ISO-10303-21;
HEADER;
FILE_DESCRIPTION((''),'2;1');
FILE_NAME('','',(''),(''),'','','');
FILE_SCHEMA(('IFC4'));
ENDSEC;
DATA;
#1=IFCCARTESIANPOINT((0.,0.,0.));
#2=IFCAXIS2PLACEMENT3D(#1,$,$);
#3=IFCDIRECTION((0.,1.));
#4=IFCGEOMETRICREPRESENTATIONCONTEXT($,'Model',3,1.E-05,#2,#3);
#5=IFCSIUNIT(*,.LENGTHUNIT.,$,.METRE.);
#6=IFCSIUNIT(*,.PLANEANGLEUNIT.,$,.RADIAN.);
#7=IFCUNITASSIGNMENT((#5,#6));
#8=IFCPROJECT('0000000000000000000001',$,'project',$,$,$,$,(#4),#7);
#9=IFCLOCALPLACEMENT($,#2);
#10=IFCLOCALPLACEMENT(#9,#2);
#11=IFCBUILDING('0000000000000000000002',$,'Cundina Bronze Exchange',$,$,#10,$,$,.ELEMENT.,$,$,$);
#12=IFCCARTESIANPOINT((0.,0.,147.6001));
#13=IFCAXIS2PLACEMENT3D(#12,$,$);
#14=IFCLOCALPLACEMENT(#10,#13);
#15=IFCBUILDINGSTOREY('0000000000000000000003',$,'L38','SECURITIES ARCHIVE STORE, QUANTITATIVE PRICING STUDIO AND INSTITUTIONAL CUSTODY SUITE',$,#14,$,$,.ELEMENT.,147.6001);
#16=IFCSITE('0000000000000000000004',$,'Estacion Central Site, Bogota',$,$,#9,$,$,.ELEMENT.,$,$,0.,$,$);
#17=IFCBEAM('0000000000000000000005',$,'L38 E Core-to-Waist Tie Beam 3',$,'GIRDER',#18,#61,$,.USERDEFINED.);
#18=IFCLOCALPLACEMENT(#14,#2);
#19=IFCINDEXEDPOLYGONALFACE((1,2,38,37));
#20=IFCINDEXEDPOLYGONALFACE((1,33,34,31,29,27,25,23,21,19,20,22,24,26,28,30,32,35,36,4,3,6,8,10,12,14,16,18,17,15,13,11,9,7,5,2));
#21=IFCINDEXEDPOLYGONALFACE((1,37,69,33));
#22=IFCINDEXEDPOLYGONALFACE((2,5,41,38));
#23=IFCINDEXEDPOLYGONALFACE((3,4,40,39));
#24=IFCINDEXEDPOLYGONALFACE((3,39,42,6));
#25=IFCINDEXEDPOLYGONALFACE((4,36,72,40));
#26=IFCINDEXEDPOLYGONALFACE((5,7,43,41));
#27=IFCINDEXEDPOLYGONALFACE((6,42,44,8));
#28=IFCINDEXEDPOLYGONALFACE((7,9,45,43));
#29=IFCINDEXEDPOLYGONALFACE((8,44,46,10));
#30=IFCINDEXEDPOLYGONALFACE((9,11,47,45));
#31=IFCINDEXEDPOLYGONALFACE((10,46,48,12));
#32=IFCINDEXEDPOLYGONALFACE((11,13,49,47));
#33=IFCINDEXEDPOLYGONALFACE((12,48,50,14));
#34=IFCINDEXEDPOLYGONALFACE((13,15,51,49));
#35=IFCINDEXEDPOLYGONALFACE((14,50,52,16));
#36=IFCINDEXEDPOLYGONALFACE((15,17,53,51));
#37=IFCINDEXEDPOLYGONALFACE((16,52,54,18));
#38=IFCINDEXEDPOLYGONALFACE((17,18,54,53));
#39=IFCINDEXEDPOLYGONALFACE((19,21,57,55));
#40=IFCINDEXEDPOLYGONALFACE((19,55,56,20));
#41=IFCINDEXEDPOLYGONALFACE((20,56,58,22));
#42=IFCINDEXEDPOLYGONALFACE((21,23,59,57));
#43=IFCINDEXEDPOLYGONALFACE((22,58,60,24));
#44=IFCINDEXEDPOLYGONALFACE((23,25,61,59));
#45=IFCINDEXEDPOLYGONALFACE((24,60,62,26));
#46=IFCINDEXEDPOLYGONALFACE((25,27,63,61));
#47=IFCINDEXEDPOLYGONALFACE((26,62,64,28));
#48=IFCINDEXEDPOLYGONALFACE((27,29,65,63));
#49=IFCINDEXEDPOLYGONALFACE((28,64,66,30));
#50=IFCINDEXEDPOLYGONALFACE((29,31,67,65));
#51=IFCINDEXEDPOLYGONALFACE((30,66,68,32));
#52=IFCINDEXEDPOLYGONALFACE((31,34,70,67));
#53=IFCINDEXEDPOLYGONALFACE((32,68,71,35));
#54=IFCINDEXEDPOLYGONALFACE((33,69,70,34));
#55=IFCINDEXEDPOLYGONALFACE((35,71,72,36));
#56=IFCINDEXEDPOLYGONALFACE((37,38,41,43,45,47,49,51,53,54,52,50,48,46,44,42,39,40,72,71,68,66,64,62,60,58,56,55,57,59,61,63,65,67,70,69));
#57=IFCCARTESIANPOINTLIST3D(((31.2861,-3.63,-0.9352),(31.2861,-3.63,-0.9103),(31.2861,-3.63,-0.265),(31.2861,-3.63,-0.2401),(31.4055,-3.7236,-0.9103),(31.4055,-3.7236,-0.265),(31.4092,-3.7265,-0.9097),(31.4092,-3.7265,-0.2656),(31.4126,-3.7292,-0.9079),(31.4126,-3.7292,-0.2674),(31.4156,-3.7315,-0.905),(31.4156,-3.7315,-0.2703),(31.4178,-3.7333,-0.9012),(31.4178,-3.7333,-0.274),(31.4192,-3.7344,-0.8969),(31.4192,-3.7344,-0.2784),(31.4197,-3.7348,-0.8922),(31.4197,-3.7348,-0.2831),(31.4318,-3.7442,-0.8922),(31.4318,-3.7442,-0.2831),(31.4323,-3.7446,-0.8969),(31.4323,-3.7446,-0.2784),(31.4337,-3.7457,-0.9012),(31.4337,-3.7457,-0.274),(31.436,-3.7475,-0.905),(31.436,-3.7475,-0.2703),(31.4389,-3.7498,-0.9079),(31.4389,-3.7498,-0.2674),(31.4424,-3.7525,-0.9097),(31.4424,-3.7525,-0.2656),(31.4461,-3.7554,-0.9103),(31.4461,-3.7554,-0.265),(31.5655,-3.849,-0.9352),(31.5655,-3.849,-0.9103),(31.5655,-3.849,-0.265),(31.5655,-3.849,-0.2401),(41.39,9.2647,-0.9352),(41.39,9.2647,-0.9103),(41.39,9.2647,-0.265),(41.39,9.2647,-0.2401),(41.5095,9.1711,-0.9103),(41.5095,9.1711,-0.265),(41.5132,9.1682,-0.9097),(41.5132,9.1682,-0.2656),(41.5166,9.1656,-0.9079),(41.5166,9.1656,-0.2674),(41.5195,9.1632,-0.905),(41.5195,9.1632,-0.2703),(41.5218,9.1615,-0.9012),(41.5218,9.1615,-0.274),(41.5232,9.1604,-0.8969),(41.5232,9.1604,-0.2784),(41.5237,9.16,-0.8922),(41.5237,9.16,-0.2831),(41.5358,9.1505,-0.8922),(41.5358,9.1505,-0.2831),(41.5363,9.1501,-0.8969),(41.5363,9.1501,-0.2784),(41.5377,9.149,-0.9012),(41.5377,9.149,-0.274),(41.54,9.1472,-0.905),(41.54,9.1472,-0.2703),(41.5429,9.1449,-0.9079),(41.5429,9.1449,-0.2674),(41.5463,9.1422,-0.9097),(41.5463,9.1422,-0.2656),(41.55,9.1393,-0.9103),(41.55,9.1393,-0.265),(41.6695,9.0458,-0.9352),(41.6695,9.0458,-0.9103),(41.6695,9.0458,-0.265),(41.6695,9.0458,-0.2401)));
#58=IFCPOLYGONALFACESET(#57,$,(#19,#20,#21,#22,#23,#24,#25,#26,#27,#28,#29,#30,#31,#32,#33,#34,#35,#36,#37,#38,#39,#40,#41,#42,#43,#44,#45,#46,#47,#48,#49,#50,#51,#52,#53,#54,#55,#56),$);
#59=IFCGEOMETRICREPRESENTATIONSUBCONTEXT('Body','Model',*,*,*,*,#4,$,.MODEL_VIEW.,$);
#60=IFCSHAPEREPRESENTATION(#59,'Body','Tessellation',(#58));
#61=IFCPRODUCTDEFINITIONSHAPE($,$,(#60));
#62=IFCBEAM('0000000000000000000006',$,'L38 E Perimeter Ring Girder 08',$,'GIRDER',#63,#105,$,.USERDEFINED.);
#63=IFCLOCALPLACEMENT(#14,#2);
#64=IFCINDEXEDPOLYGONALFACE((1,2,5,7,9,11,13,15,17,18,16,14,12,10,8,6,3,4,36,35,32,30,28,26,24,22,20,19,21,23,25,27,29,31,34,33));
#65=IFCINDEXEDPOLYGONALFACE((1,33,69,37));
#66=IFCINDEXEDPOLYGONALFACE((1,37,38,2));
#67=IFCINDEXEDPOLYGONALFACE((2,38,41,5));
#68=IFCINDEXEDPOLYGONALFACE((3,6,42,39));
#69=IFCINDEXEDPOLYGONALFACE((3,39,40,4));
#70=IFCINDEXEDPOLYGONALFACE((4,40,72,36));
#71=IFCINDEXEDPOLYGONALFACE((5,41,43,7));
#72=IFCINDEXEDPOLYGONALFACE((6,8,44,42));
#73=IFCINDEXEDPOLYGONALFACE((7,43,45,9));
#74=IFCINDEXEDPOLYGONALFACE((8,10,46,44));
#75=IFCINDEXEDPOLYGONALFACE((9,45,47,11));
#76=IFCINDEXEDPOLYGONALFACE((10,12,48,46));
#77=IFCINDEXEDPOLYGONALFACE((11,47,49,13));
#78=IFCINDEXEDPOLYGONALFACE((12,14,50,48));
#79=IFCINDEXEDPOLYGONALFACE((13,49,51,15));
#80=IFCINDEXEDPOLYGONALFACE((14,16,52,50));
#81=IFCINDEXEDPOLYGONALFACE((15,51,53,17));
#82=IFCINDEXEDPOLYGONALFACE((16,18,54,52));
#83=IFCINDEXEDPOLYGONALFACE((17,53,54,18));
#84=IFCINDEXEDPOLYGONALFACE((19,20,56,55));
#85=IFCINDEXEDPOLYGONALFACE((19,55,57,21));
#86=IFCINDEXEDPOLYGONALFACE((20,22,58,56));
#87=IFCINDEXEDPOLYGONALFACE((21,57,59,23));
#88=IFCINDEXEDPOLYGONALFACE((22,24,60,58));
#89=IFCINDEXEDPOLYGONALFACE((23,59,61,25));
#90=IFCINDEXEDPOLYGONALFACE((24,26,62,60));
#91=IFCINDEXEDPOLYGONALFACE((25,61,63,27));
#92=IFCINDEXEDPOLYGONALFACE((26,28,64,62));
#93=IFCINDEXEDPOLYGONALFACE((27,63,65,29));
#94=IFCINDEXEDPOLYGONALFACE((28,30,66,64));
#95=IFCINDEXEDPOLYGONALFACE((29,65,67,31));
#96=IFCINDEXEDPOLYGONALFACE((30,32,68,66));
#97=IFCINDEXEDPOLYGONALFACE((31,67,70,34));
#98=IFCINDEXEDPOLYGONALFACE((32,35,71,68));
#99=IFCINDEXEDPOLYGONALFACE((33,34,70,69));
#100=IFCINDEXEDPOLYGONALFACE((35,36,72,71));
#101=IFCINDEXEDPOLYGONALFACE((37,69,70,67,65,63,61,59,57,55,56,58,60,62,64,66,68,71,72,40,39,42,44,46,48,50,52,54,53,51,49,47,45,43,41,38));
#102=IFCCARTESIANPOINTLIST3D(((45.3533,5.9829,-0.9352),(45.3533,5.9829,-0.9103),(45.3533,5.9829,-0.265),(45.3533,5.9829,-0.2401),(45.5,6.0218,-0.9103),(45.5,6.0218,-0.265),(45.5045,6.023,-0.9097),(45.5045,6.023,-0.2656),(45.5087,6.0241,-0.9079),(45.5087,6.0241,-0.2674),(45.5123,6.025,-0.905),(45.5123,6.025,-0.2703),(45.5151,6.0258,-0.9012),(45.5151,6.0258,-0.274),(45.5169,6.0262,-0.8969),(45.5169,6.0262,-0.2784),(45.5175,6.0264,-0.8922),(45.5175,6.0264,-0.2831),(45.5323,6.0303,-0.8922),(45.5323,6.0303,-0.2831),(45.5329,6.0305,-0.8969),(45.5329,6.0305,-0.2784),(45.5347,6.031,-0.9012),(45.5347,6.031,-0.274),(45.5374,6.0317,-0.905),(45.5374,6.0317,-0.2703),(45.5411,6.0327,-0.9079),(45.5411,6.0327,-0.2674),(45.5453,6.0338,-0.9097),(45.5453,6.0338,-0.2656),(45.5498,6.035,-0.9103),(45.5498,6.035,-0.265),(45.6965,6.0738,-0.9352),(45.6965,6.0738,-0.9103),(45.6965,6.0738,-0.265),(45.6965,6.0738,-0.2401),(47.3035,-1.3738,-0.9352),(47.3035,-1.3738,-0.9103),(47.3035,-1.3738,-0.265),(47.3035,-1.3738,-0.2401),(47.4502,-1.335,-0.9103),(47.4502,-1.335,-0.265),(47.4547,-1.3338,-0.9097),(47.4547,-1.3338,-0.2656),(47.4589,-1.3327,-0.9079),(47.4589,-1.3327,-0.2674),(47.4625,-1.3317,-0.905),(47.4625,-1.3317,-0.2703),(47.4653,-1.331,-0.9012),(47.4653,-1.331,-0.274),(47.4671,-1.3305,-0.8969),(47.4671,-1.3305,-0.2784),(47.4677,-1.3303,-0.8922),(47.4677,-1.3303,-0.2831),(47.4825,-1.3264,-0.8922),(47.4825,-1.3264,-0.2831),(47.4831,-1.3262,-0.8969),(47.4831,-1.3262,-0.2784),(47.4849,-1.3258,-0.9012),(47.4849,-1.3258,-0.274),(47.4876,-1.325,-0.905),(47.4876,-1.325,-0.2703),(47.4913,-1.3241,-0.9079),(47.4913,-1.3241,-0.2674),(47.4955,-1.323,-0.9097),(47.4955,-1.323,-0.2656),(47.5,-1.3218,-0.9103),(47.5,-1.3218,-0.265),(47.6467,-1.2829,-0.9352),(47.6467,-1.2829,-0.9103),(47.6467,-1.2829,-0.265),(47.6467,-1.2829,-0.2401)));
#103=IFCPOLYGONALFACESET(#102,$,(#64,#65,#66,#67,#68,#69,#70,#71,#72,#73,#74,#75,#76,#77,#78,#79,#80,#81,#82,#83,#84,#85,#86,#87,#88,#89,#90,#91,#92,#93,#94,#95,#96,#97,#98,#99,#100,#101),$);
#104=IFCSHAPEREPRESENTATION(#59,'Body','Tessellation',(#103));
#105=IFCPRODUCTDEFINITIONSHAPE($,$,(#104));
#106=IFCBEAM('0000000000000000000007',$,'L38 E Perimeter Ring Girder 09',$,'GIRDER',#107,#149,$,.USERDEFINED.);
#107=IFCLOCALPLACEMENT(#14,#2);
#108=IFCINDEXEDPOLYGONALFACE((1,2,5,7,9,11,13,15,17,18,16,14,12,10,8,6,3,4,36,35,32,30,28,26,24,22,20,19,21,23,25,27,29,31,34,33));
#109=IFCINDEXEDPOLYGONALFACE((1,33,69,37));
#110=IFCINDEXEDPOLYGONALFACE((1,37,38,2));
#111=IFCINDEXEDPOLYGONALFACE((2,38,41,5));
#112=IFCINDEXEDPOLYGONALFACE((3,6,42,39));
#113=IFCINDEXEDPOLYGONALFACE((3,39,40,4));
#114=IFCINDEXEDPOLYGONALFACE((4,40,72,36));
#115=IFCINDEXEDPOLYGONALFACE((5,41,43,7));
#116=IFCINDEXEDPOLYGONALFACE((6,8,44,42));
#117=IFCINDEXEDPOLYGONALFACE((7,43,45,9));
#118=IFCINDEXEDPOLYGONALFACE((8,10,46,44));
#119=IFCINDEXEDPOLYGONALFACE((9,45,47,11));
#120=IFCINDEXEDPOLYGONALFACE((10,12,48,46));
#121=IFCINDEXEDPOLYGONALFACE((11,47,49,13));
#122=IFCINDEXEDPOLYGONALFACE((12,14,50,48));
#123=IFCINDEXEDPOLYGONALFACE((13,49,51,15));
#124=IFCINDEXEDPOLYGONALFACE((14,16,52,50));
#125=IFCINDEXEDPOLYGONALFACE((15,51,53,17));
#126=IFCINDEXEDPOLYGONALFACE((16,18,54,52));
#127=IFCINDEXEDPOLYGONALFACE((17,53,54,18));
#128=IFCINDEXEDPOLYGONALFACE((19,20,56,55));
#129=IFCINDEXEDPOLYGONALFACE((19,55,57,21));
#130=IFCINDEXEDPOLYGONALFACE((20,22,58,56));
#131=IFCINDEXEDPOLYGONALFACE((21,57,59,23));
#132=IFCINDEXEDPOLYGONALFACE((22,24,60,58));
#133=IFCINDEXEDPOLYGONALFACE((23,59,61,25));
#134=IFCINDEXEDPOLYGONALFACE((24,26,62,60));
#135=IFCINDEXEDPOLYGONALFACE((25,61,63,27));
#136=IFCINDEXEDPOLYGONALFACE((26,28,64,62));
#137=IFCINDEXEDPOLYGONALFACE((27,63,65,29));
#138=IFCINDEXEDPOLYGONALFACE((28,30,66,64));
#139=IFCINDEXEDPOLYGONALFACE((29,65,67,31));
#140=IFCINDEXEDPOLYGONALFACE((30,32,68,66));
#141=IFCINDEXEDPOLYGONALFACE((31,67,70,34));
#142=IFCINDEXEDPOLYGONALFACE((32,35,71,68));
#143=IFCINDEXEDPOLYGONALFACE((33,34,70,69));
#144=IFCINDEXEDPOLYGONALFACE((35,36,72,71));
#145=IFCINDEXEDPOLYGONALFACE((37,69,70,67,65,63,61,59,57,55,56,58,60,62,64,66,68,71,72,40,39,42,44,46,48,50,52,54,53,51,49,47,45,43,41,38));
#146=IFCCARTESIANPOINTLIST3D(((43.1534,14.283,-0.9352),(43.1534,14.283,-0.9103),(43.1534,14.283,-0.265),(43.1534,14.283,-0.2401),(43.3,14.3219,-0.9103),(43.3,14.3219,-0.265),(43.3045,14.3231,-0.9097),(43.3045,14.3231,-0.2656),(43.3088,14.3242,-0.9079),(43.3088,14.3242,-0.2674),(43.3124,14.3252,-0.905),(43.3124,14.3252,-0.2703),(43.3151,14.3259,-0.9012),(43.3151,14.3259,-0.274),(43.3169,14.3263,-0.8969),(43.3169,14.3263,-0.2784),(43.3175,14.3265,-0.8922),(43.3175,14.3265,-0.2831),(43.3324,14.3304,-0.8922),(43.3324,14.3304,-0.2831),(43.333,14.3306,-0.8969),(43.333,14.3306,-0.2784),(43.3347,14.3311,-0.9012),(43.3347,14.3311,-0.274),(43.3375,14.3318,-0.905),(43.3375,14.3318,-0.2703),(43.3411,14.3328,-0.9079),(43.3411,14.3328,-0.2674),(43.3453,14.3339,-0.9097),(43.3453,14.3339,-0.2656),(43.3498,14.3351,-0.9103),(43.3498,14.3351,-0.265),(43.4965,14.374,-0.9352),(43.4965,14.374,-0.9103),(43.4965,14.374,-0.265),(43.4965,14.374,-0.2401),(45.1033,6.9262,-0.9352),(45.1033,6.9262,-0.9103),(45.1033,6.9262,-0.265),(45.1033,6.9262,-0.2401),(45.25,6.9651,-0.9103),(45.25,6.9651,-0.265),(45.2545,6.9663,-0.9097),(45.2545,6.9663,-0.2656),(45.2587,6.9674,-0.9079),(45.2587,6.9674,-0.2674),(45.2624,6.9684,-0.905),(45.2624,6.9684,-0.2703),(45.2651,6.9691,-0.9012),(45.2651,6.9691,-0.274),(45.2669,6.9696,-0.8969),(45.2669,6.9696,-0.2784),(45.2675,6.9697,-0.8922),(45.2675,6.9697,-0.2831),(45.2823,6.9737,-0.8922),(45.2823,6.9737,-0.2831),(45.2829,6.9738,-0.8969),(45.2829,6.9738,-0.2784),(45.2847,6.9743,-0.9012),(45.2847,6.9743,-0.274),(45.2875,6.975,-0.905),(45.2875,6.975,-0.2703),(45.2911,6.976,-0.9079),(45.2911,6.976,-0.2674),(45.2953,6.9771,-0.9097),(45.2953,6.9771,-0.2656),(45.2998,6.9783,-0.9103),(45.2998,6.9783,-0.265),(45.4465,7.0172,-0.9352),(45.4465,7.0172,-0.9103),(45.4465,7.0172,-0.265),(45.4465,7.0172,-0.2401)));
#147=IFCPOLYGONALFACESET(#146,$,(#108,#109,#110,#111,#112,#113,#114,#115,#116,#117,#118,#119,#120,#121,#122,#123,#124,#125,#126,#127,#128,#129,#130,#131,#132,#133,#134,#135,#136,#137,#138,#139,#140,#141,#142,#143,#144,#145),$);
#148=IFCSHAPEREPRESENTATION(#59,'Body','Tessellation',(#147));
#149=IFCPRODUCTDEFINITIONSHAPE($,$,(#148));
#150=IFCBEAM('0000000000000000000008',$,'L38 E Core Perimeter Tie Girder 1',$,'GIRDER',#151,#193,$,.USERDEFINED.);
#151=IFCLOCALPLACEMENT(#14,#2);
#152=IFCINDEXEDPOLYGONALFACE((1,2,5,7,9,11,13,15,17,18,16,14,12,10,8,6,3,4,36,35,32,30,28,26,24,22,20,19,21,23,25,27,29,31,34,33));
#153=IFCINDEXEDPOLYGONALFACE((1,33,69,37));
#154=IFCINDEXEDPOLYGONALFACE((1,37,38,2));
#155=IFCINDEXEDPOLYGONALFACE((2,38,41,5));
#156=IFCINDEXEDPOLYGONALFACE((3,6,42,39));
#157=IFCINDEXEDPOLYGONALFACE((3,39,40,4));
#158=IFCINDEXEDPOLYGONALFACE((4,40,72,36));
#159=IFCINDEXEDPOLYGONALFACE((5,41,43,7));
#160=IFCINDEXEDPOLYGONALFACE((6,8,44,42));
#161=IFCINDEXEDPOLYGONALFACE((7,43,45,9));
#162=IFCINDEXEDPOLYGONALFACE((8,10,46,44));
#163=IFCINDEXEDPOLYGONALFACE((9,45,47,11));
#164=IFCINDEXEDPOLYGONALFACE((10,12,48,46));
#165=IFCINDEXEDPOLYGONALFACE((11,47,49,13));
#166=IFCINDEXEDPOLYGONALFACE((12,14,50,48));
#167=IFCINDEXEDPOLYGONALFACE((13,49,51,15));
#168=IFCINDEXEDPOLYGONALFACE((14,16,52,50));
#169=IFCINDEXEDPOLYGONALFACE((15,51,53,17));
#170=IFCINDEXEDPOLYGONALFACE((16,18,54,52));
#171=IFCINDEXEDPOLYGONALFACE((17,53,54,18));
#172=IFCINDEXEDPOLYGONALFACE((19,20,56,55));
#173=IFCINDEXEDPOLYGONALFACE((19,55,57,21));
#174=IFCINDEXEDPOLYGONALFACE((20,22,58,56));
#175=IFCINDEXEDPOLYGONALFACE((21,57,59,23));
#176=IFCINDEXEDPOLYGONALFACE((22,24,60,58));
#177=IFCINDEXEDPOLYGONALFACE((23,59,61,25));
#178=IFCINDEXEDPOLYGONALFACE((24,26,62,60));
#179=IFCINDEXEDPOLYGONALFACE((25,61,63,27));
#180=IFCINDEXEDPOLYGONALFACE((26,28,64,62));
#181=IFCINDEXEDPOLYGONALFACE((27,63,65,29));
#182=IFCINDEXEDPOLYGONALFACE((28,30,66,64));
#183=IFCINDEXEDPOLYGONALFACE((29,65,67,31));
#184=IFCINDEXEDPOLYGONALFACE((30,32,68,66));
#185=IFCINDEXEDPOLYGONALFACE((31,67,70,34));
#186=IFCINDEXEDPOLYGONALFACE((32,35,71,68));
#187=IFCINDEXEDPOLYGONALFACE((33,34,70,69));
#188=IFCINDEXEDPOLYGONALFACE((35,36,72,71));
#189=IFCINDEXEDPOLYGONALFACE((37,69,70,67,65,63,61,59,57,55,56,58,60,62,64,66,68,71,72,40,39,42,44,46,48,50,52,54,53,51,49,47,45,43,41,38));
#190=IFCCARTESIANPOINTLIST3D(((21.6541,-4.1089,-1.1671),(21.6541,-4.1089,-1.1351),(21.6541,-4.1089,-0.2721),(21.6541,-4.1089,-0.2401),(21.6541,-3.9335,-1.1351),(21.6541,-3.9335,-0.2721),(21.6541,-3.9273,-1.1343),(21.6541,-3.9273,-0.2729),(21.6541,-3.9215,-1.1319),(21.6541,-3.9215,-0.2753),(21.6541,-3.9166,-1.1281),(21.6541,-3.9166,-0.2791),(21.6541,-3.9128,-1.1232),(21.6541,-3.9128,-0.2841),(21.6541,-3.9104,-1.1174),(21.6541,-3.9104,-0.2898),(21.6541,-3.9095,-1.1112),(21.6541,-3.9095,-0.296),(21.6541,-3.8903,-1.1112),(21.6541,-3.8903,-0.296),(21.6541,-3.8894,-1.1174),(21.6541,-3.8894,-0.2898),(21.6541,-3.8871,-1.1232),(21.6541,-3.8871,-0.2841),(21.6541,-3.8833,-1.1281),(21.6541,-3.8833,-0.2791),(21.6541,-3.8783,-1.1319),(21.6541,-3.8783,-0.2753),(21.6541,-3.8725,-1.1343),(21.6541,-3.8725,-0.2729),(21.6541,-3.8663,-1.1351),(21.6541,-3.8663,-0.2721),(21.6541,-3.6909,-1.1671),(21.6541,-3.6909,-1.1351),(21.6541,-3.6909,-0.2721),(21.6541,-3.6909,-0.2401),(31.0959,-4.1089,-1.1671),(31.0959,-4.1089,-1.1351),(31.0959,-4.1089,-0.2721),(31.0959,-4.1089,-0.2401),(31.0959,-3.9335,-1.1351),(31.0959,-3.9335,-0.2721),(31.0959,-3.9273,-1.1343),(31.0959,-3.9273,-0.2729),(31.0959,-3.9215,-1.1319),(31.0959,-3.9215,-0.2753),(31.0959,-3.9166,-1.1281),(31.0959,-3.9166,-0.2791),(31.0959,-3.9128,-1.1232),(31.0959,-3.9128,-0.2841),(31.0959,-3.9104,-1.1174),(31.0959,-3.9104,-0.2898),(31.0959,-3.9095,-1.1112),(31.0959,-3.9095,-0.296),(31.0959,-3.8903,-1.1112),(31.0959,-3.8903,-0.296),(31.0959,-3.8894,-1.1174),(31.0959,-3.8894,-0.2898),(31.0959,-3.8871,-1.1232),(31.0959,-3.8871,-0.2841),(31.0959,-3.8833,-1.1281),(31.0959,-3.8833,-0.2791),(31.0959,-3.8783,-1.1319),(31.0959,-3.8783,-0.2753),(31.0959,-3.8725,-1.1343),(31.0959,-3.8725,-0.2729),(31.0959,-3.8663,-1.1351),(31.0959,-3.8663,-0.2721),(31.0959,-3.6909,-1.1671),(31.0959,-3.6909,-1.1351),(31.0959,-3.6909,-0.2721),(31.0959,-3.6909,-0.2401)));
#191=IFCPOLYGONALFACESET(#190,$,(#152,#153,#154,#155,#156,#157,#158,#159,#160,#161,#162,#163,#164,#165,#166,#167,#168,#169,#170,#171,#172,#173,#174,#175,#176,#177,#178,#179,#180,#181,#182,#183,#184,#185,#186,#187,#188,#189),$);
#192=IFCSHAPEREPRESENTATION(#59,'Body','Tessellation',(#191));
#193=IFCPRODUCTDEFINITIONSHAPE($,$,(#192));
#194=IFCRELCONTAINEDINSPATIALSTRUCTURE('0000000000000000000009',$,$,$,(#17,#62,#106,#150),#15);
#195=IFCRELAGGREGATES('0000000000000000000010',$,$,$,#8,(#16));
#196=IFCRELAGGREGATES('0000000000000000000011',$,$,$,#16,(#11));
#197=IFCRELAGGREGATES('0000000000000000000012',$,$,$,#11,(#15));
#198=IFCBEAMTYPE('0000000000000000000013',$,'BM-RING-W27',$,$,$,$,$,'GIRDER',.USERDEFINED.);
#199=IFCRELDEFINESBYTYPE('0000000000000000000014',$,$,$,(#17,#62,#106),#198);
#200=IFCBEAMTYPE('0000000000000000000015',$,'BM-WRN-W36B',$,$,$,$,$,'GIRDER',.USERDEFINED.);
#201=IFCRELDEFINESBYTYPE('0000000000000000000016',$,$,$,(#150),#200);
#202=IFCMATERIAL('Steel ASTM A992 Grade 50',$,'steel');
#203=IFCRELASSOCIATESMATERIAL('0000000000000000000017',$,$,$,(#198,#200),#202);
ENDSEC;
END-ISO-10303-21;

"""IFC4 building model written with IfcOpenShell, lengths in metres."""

from ifc_helpers import new_model, si_unit, direction, frame, origin, origin_2d, place, context, subcontext, project, spatial, i_section, extrude, material, material_profile, profile_set, type_object, element, save


model = new_model("IFC4")

# Units and contexts
model_context = context("Model", 3, precision=1e-05, world=origin(), true_north=direction((0.0, 1.0)))
body_context = subcontext(model_context, "Body", "Model", "MODEL_VIEW")
ifc_project = project(units=[si_unit("LENGTHUNIT", "METRE"), si_unit("PLANEANGLEUNIT", "RADIAN")], contexts=[model_context])

# Site, building, storey
site_placement = place(None, origin())
site = spatial("IfcSite", under=ifc_project, at=site_placement, Name="Estacion Central Site, Bogota", CompositionType="ELEMENT", RefElevation=0.0)
building_placement = place(site_placement, origin())
building = spatial("IfcBuilding", under=site, at=building_placement, Name="Cundina Bronze Exchange", CompositionType="ELEMENT")
storey_placement = place(building_placement, frame((0.0, 0.0, 147.6001)))
storey = spatial("IfcBuildingStorey", under=building, at=storey_placement, Name="L38", Description="SECURITIES ARCHIVE STORE, QUANTITATIVE PRICING STUDIO AND INSTITUTIONAL CUSTODY SUITE", CompositionType="ELEMENT", Elevation=147.6001)

# Shared definitions
ifc_material_1 = material(Name="Steel ASTM A992 Grade 50", Category="steel")

# Beams
ifc_material_profile_1 = material_profile(ifc_material_1, i_section(OverallWidth=0.355, OverallDepth=0.6951, WebThickness=0.0154, FlangeThickness=0.0249, FilletRadius=0.0181, at=origin_2d()), Name="W27X146", Category="steel")
ifc_profile_set_1 = profile_set([ifc_material_profile_1], Name="Steel ASTM A992 Grade 50")
beam_type_1 = type_object("IfcBeamType", Name="BM-RING-W27", ElementType="GIRDER", PredefinedType="USERDEFINED", material=ifc_profile_set_1)
beam_1_placement = place(storey_placement, frame((31.4258, -3.7395, -0.5876), z_axis=(0.616779, 0.787136, 0.0), x_axis=(-0.787136, 0.616779, 0.0)))
element("IfcBeam", 1, at=beam_1_placement, inside=storey, type_object=beam_type_1, Name="L38 E Core-to-Waist Tie Beam 3", ObjectType="GIRDER", PredefinedType="USERDEFINED", context=body_context, shape_type="SweptSolid", body=[
    extrude(i_section(OverallWidth=0.355, OverallDepth=0.6951, WebThickness=0.0154, FlangeThickness=0.0249, FilletRadius=0.0181, at=origin_2d()), origin(), (0.0, 0.0, 1.0), 16.3818),
])
for number, where, z_axis, x_axis, name in (
    (2, (47.4751, -1.3284, -0.5876), (-0.256241, 0.966613, 0.0), (-0.966613, -0.256241, 0.0), "L38 E Perimeter Ring Girder 08"),
    (3, (45.2749, 6.9717, -0.5876), (-0.256211, 0.966621, 0.0), (-0.966621, -0.256211, 0.0), "L38 E Perimeter Ring Girder 09"),
):
    element("IfcBeam", number, at=place(storey_placement, frame(where, z_axis=z_axis, x_axis=x_axis)), inside=storey, type_object=beam_type_1, Name=name, ObjectType="GIRDER", PredefinedType="USERDEFINED", context=body_context, shape_type="SweptSolid", body=[
        extrude(i_section(OverallWidth=0.355, OverallDepth=0.6951, WebThickness=0.0154, FlangeThickness=0.0249, FilletRadius=0.0181, at=origin_2d()), origin(), (0.0, 0.0, 1.0), 7.6108),
    ])
ifc_material_profile_2 = material_profile(ifc_material_1, i_section(OverallWidth=0.418, OverallDepth=0.927, WebThickness=0.0193, FlangeThickness=0.032, FilletRadius=0.0239, at=origin_2d()), Name="W36X231", Category="steel")
ifc_profile_set_2 = profile_set([ifc_material_profile_2], Name="Steel ASTM A992 Grade 50")
beam_type_2 = type_object("IfcBeamType", Name="BM-WRN-W36B", ElementType="GIRDER", PredefinedType="USERDEFINED", material=ifc_profile_set_2)
beam_2_placement = place(storey_placement, frame((31.0959, -3.8999, -0.7036), z_axis=(-1.0, 0.0, 0.0), x_axis=(0.0, -1.0, 0.0)))
element("IfcBeam", 4, at=beam_2_placement, inside=storey, type_object=beam_type_2, Name="L38 E Core Perimeter Tie Girder 1", ObjectType="GIRDER", PredefinedType="USERDEFINED", context=body_context, shape_type="SweptSolid", body=[
    extrude(i_section(OverallWidth=0.418, OverallDepth=0.927, WebThickness=0.0193, FlangeThickness=0.032, FilletRadius=0.0239, at=origin_2d()), origin(), (0.0, 0.0, 1.0), 9.4419),
])

save(model, "model.ifc")
